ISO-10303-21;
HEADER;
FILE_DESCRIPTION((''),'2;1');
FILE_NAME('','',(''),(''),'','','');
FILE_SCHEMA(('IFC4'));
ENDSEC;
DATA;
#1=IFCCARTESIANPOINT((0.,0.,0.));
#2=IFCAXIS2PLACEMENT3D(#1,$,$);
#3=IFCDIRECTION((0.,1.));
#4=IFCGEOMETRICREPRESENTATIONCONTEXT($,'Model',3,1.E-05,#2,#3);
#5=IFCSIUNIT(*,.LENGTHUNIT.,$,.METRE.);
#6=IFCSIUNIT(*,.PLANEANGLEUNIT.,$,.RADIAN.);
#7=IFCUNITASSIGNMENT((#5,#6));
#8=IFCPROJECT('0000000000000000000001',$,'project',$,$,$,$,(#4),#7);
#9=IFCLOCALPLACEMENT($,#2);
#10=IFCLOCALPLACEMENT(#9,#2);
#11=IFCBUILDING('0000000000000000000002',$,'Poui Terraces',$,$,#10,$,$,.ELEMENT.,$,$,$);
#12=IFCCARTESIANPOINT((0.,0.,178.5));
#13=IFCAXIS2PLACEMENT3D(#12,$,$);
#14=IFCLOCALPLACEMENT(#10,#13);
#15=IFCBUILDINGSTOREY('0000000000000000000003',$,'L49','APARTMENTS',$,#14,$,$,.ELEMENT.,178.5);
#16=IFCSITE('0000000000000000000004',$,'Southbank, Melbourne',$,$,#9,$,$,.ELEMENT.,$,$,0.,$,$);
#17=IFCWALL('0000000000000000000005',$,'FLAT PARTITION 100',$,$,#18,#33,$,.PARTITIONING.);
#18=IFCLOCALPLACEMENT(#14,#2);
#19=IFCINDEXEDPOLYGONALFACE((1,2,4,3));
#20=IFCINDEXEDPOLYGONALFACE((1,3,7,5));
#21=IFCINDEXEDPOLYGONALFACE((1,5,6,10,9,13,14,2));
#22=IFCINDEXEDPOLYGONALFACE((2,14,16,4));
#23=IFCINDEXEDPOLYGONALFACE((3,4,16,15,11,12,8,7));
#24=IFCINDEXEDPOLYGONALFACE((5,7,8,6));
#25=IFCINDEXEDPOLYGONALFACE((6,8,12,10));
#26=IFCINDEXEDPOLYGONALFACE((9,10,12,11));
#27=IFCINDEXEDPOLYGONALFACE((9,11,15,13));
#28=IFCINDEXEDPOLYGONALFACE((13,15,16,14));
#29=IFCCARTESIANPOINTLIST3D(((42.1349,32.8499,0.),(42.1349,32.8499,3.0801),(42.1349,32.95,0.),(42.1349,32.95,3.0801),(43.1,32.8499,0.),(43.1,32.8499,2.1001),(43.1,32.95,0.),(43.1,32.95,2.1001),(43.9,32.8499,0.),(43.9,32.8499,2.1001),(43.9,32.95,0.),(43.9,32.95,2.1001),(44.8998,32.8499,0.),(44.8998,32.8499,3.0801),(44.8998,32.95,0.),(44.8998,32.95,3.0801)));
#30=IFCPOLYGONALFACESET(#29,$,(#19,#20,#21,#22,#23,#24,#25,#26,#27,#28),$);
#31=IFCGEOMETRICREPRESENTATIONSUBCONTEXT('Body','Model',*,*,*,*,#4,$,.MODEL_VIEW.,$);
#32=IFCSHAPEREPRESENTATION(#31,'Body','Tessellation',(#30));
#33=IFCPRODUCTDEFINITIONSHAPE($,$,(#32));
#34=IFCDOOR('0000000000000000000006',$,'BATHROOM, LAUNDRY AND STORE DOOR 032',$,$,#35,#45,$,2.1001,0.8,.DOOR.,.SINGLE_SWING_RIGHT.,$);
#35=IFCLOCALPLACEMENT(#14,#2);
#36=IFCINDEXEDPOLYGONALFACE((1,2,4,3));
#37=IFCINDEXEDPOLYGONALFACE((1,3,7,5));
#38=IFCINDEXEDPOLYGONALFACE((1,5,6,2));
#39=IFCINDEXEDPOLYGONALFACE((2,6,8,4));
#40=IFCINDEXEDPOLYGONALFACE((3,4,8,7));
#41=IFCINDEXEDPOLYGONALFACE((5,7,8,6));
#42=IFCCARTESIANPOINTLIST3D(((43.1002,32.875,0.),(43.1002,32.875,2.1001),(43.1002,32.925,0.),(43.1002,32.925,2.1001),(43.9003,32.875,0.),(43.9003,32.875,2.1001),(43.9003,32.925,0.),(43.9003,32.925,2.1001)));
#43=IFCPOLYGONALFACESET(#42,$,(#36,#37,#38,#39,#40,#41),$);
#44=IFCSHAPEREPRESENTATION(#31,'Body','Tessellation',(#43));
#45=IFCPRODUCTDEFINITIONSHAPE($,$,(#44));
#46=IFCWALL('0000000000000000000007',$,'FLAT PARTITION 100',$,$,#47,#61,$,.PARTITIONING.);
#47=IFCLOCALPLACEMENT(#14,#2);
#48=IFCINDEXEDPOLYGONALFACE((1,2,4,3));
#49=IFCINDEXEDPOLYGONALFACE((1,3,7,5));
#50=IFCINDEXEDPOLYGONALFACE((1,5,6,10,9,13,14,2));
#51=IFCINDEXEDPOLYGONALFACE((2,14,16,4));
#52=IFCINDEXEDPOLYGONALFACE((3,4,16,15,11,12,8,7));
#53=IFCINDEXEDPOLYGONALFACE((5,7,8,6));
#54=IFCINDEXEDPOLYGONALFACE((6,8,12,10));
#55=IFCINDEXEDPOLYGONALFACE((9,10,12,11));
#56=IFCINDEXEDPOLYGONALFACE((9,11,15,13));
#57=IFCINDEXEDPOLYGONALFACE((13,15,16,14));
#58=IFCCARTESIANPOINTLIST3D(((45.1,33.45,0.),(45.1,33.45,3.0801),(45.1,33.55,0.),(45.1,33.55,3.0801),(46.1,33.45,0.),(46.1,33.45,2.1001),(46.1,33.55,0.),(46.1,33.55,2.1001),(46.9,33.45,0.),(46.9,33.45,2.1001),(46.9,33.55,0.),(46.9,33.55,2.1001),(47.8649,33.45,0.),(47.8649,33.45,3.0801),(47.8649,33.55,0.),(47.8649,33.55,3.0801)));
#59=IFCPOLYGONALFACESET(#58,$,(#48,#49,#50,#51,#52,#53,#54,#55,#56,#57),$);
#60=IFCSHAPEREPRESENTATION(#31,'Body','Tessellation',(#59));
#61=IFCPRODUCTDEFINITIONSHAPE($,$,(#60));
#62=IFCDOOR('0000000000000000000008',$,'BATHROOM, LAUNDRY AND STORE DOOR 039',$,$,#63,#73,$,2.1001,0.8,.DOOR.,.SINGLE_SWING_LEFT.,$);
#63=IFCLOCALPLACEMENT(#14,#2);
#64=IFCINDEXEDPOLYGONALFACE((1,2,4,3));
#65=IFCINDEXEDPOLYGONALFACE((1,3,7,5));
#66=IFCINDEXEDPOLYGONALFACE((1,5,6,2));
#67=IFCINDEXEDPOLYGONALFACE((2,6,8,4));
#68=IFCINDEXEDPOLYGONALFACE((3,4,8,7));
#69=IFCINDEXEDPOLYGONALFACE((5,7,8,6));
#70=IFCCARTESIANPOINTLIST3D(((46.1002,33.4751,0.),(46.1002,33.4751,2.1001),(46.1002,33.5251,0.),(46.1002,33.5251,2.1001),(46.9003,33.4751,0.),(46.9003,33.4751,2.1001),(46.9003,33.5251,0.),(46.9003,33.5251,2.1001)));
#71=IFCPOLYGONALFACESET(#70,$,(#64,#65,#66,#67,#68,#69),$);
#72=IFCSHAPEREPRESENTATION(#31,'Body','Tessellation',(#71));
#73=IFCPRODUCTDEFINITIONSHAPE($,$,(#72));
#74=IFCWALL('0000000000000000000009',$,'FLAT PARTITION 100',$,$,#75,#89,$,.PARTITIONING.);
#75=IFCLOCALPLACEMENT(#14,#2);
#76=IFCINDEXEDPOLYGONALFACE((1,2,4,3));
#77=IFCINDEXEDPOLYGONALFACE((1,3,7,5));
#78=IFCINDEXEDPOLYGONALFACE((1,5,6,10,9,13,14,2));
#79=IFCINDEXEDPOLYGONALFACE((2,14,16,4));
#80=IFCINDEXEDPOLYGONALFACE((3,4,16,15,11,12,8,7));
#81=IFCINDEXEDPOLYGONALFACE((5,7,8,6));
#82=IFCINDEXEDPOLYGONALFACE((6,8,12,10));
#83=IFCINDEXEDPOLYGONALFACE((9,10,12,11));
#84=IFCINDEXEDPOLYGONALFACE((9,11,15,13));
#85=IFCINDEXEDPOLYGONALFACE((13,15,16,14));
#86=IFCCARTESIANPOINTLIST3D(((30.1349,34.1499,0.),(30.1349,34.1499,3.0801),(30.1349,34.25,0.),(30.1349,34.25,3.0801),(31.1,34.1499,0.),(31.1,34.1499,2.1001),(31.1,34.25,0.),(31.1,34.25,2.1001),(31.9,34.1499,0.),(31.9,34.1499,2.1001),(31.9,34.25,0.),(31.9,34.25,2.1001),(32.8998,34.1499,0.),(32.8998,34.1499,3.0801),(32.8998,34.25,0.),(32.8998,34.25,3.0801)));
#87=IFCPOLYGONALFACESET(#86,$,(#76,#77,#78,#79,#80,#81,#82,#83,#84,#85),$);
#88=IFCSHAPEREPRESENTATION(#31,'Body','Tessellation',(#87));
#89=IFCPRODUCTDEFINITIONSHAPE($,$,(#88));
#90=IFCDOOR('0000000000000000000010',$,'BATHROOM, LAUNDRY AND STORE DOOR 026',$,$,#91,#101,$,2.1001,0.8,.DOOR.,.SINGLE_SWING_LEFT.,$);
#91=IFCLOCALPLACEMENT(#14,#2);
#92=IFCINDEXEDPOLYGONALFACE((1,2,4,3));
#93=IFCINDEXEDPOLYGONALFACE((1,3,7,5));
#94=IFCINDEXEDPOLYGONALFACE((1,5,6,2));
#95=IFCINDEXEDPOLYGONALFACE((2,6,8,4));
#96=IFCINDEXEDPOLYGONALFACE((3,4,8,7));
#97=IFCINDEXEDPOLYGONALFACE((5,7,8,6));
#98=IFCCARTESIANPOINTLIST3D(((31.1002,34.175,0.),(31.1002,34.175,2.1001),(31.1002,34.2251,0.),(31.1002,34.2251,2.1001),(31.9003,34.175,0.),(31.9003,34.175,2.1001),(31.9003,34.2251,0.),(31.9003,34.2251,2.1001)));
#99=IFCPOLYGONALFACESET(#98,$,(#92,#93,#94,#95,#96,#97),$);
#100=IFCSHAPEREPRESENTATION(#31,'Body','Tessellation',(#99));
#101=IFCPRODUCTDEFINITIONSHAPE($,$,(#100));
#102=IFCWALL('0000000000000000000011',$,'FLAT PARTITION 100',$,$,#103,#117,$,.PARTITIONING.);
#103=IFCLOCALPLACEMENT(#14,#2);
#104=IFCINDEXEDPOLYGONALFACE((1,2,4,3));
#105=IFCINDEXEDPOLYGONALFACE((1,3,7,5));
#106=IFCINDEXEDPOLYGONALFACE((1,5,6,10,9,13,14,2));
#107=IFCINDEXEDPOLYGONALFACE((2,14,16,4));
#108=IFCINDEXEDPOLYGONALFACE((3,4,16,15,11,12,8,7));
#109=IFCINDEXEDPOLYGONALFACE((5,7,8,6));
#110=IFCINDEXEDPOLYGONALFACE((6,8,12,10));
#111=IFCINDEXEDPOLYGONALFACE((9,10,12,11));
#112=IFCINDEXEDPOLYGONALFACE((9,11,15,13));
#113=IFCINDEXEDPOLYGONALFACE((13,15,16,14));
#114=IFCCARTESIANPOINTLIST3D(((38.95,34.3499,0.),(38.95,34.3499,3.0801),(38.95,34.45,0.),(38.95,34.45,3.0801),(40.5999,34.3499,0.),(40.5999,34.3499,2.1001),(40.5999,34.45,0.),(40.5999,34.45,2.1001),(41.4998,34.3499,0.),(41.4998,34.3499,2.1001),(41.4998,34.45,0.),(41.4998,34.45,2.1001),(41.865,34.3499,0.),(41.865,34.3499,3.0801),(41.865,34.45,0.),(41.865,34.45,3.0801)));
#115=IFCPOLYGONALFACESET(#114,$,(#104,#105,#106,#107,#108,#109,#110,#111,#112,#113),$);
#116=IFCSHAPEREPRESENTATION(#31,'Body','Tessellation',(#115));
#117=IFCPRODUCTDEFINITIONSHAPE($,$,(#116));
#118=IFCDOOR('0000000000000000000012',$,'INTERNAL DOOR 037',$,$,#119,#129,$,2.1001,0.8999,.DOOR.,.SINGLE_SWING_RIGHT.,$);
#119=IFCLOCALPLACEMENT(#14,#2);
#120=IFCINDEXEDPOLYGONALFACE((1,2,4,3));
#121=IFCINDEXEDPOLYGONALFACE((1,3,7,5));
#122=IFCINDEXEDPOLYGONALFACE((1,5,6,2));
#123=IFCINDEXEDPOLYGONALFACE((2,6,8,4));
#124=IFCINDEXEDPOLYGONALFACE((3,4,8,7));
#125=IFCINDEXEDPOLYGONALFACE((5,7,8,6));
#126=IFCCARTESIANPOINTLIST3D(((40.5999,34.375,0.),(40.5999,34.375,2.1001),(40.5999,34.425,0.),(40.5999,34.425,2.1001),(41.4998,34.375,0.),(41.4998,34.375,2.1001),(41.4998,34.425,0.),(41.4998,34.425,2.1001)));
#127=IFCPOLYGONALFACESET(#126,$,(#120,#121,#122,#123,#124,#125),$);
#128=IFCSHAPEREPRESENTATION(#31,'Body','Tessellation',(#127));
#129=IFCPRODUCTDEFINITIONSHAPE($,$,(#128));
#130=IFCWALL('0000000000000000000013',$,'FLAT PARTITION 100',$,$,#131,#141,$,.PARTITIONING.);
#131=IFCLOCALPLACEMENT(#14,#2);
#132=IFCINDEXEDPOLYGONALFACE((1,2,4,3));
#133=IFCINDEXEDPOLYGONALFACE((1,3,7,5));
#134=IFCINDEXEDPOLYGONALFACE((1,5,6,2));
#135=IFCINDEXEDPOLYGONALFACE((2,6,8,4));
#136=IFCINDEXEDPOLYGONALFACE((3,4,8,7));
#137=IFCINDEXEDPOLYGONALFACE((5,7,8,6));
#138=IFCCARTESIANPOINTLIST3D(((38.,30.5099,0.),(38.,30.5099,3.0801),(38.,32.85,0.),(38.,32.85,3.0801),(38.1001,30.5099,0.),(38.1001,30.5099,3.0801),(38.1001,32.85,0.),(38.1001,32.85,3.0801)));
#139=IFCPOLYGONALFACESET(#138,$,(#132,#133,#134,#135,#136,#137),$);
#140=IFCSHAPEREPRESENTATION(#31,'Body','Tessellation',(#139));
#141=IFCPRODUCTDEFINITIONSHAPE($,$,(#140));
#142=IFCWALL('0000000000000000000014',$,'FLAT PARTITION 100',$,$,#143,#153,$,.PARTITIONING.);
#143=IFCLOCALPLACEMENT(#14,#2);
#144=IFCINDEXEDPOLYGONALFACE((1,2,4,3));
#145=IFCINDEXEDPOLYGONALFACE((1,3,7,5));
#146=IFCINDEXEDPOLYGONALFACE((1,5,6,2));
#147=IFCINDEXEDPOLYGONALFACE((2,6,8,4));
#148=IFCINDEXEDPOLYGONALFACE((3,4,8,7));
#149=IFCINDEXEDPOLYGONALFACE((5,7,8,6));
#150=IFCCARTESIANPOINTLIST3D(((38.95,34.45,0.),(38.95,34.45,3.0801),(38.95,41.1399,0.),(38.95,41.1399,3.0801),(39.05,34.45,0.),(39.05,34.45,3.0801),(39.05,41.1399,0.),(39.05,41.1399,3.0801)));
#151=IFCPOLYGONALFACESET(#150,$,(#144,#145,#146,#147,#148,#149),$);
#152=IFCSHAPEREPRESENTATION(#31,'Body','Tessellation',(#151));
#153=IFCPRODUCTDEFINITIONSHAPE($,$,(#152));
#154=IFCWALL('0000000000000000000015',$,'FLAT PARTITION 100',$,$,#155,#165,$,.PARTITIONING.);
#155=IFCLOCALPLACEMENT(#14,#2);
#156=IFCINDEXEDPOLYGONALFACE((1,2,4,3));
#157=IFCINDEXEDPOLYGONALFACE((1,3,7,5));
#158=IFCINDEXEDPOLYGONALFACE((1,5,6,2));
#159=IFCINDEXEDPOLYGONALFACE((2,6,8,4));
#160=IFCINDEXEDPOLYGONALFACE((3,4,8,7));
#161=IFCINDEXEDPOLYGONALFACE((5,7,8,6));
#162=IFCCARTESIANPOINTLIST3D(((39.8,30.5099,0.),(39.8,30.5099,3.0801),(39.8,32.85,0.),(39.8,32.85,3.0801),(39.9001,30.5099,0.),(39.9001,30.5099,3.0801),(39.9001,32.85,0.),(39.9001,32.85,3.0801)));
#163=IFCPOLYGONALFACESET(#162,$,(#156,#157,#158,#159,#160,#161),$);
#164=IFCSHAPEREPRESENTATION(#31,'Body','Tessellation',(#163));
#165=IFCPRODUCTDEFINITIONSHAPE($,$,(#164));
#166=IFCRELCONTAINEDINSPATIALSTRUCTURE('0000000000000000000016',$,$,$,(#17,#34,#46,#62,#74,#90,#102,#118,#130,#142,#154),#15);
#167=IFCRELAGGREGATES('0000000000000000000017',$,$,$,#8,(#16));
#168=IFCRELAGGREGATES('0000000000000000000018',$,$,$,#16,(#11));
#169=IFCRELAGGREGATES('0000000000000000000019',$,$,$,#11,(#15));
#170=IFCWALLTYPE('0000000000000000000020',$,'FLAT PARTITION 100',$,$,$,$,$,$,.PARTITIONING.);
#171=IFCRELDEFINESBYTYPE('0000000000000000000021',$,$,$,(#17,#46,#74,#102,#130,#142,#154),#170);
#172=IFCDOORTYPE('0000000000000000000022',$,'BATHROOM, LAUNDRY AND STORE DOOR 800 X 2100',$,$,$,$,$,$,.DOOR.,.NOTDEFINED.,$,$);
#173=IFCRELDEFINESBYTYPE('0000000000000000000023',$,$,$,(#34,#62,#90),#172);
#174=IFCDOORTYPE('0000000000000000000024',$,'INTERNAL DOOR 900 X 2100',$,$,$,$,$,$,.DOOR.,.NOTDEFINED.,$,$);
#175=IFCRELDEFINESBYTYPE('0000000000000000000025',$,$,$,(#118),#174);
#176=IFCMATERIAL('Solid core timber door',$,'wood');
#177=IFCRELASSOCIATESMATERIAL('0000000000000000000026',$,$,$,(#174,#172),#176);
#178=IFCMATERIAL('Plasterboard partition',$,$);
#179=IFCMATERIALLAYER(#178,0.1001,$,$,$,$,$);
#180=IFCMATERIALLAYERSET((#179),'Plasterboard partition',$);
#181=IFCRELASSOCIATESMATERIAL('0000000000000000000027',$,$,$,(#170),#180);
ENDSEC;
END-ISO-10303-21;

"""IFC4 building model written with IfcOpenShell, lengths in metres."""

from ifc_helpers import new_model, si_unit, direction, frame, frame_2d, origin, place, context, subcontext, project, spatial, rectangle, extrude, material, layer, layer_set, type_object, element, fill, save


model = new_model("IFC4")

# Units and contexts
model_context = context("Model", 3, precision=1e-05, world=origin(), true_north=direction((0.0, 1.0)))
body_context = subcontext(model_context, "Body", "Model", "MODEL_VIEW")
ifc_project = project(units=[si_unit("LENGTHUNIT", "METRE"), si_unit("PLANEANGLEUNIT", "RADIAN")], contexts=[model_context])

# Site, building, storey
site_placement = place(None, origin())
site = spatial("IfcSite", under=ifc_project, at=site_placement, Name="Southbank, Melbourne", CompositionType="ELEMENT", RefElevation=0.0)
building_placement = place(site_placement, origin())
building = spatial("IfcBuilding", under=site, at=building_placement, Name="Poui Terraces", CompositionType="ELEMENT")
storey_placement = place(building_placement, frame((0.0, 0.0, 178.5)))
storey = spatial("IfcBuildingStorey", under=building, at=storey_placement, Name="L49", Description="APARTMENTS", CompositionType="ELEMENT", Elevation=178.5)

# Walls, openings, doors
ifc_material_1 = material(Name="Solid core timber door", Category="wood")
door_type_1 = type_object("IfcDoorType", Name="INTERNAL DOOR 900 X 2100", OperationType="NOTDEFINED", PredefinedType="DOOR", material=ifc_material_1)
ifc_material_2 = material(Name="Plasterboard partition")
ifc_layer_1 = layer(ifc_material_2, 0.1001)
ifc_layer_set_1 = layer_set([ifc_layer_1], Name="Plasterboard partition")
wall_type_1 = type_object("IfcWallType", Name="FLAT PARTITION 100", PredefinedType="PARTITIONING", material=ifc_layer_set_1)
door_type_2 = type_object("IfcDoorType", Name="BATHROOM, LAUNDRY AND STORE DOOR 800 X 2100", OperationType="NOTDEFINED", PredefinedType="DOOR", material=ifc_material_1)
wall_1_placement = place(storey_placement, frame((42.135, 32.8999, 0.0), z_axis=(0.0, 0.0, 1.0), x_axis=(1.0, 0.0, 0.0)))
wall_1 = element("IfcWall", 1, at=wall_1_placement, inside=storey, type_object=wall_type_1, Name="FLAT PARTITION 100", PredefinedType="PARTITIONING", context=body_context, shape_type="SweptSolid", body=[
    extrude(rectangle(XDim=2.7649, YDim=0.1001, at=frame_2d((1.3823, 0.0))), origin(), (0.0, 0.0, 1.0), 3.0801),
])
opening_1_placement = place(wall_1_placement, frame((0.9651, 0.0, 0.0)))
opening_1 = element("IfcOpeningElement", 2, at=opening_1_placement, cuts=wall_1, PredefinedType="OPENING", context=body_context, shape_type="SweptSolid", body=[
    extrude(rectangle(XDim=0.8, YDim=2.1001, at=frame_2d((0.3999, 1.05))), frame((0.0, 0.0601, 0.0), z_axis=(0.0, -1.0, 0.0), x_axis=(1.0, 0.0, 0.0)), (0.0, 0.0, 1.0), 0.1201),
])
door_1_placement = place(opening_1_placement, frame((0.8, 0.0, 0.0), z_axis=(0.0, 0.0, 1.0), x_axis=(-1.0, 0.0, 0.0)))
door_1 = element("IfcDoor", 3, at=door_1_placement, inside=storey, type_object=door_type_2, Name="BATHROOM, LAUNDRY AND STORE DOOR 032", OperationType="SINGLE_SWING_RIGHT", OverallHeight=2.1001, OverallWidth=0.8, PredefinedType="DOOR", context=body_context, shape_type="SweptSolid", body=[
    extrude(rectangle(XDim=0.8, YDim=2.1001, at=frame_2d((0.3999, 1.05))), frame((0.0, 0.0249, 0.0), z_axis=(0.0, -1.0, 0.0), x_axis=(1.0, 0.0, 0.0)), (0.0, 0.0, 1.0), 0.05),
])
fill(opening_1, door_1)
wall_2_placement = place(storey_placement, frame((45.1001, 33.5, 0.0), z_axis=(0.0, 0.0, 1.0), x_axis=(1.0, 0.0, 0.0)))
wall_2 = element("IfcWall", 4, at=wall_2_placement, inside=storey, type_object=wall_type_1, Name="FLAT PARTITION 100", PredefinedType="PARTITIONING", context=body_context, shape_type="SweptSolid", body=[
    extrude(rectangle(XDim=2.7649, YDim=0.1001, at=frame_2d((1.3823, 0.0))), origin(), (0.0, 0.0, 1.0), 3.0801),
])
opening_2_placement = place(wall_2_placement, frame((1.0, 0.0, 0.0)))
opening_2 = element("IfcOpeningElement", 5, at=opening_2_placement, cuts=wall_2, PredefinedType="OPENING", context=body_context, shape_type="SweptSolid", body=[
    extrude(rectangle(XDim=0.8, YDim=2.1001, at=frame_2d((0.3999, 1.05))), frame((0.0, 0.0601, 0.0), z_axis=(0.0, -1.0, 0.0), x_axis=(1.0, 0.0, 0.0)), (0.0, 0.0, 1.0), 0.1201),
])
door_2_placement = place(opening_2_placement, frame((0.8, 0.0, 0.0), z_axis=(0.0, 0.0, 1.0), x_axis=(-1.0, 0.0, 0.0)))
door_2 = element("IfcDoor", 6, at=door_2_placement, inside=storey, type_object=door_type_2, Name="BATHROOM, LAUNDRY AND STORE DOOR 039", OperationType="SINGLE_SWING_LEFT", OverallHeight=2.1001, OverallWidth=0.8, PredefinedType="DOOR", context=body_context, shape_type="SweptSolid", body=[
    extrude(rectangle(XDim=0.8, YDim=2.1001, at=frame_2d((0.3999, 1.05))), frame((0.0, 0.0249, 0.0), z_axis=(0.0, -1.0, 0.0), x_axis=(1.0, 0.0, 0.0)), (0.0, 0.0, 1.0), 0.05),
])
fill(opening_2, door_2)
wall_3_placement = place(storey_placement, frame((30.135, 34.2, 0.0), z_axis=(0.0, 0.0, 1.0), x_axis=(1.0, 0.0, 0.0)))
wall_3 = element("IfcWall", 7, at=wall_3_placement, inside=storey, type_object=wall_type_1, Name="FLAT PARTITION 100", PredefinedType="PARTITIONING", context=body_context, shape_type="SweptSolid", body=[
    extrude(rectangle(XDim=2.7649, YDim=0.1001, at=frame_2d((1.3823, 0.0))), origin(), (0.0, 0.0, 1.0), 3.0801),
])
opening_3_placement = place(wall_3_placement, frame((0.9651, 0.0, 0.0)))
opening_3 = element("IfcOpeningElement", 8, at=opening_3_placement, cuts=wall_3, PredefinedType="OPENING", context=body_context, shape_type="SweptSolid", body=[
    extrude(rectangle(XDim=0.8, YDim=2.1001, at=frame_2d((0.3999, 1.05))), frame((0.0, 0.0601, 0.0), z_axis=(0.0, -1.0, 0.0), x_axis=(1.0, 0.0, 0.0)), (0.0, 0.0, 1.0), 0.1201),
])
door_3_placement = place(opening_3_placement, frame((0.8, 0.0, 0.0), z_axis=(0.0, 0.0, 1.0), x_axis=(-1.0, 0.0, 0.0)))
door_3 = element("IfcDoor", 9, at=door_3_placement, inside=storey, type_object=door_type_2, Name="BATHROOM, LAUNDRY AND STORE DOOR 026", OperationType="SINGLE_SWING_LEFT", OverallHeight=2.1001, OverallWidth=0.8, PredefinedType="DOOR", context=body_context, shape_type="SweptSolid", body=[
    extrude(rectangle(XDim=0.8, YDim=2.1001, at=frame_2d((0.3999, 1.05))), frame((0.0, 0.0249, 0.0), z_axis=(0.0, -1.0, 0.0), x_axis=(1.0, 0.0, 0.0)), (0.0, 0.0, 1.0), 0.05),
])
fill(opening_3, door_3)
wall_4_placement = place(storey_placement, frame((38.95, 34.3999, 0.0), z_axis=(0.0, 0.0, 1.0), x_axis=(1.0, 0.0, 0.0)))
wall_4 = element("IfcWall", 10, at=wall_4_placement, inside=storey, type_object=wall_type_1, Name="FLAT PARTITION 100", PredefinedType="PARTITIONING", context=body_context, shape_type="SweptSolid", body=[
    extrude(rectangle(XDim=2.915, YDim=0.1001, at=frame_2d((1.4575, 0.0))), origin(), (0.0, 0.0, 1.0), 3.0801),
])
opening_4_placement = place(wall_4_placement, frame((1.6499, 0.0, 0.0)))
opening_4 = element("IfcOpeningElement", 11, at=opening_4_placement, cuts=wall_4, PredefinedType="OPENING", context=body_context, shape_type="SweptSolid", body=[
    extrude(rectangle(XDim=0.8999, YDim=2.1001, at=frame_2d((0.45, 1.05))), frame((0.0, 0.0601, 0.0), z_axis=(0.0, -1.0, 0.0), x_axis=(1.0, 0.0, 0.0)), (0.0, 0.0, 1.0), 0.1201),
])
door_4_placement = place(opening_4_placement, frame((0.8999, 0.0, 0.0), z_axis=(0.0, 0.0, 1.0), x_axis=(-1.0, 0.0, 0.0)))
door_4 = element("IfcDoor", 12, at=door_4_placement, inside=storey, type_object=door_type_1, Name="INTERNAL DOOR 037", OperationType="SINGLE_SWING_RIGHT", OverallHeight=2.1001, OverallWidth=0.8999, PredefinedType="DOOR", context=body_context, shape_type="SweptSolid", body=[
    extrude(rectangle(XDim=0.8999, YDim=2.1001, at=frame_2d((0.45, 1.05))), frame((0.0, 0.0249, 0.0), z_axis=(0.0, -1.0, 0.0), x_axis=(1.0, 0.0, 0.0)), (0.0, 0.0, 1.0), 0.05),
])
fill(opening_4, door_4)

# Walls
wall_5_placement = place(storey_placement, frame((38.05, 30.51, 0.0), z_axis=(0.0, 0.0, 1.0), x_axis=(0.0, 1.0, 0.0)))
element("IfcWall", 13, at=wall_5_placement, inside=storey, type_object=wall_type_1, Name="FLAT PARTITION 100", PredefinedType="PARTITIONING", context=body_context, shape_type="SweptSolid", body=[
    extrude(rectangle(XDim=2.3401, YDim=0.1001, at=frame_2d((1.1699, 0.0))), origin(), (0.0, 0.0, 1.0), 3.0801),
])
wall_6_placement = place(storey_placement, frame((39.0, 34.45, 0.0), z_axis=(0.0, 0.0, 1.0), x_axis=(0.0, 1.0, 0.0)))
element("IfcWall", 14, at=wall_6_placement, inside=storey, type_object=wall_type_1, Name="FLAT PARTITION 100", PredefinedType="PARTITIONING", context=body_context, shape_type="SweptSolid", body=[
    extrude(rectangle(XDim=6.6899, YDim=0.1001, at=frame_2d((3.345, 0.0))), origin(), (0.0, 0.0, 1.0), 3.0801),
])
wall_7_placement = place(storey_placement, frame((39.8501, 30.51, 0.0), z_axis=(0.0, 0.0, 1.0), x_axis=(0.0, 1.0, 0.0)))
element("IfcWall", 15, at=wall_7_placement, inside=storey, type_object=wall_type_1, Name="FLAT PARTITION 100", PredefinedType="PARTITIONING", context=body_context, shape_type="SweptSolid", body=[
    extrude(rectangle(XDim=2.3401, YDim=0.1001, at=frame_2d((1.1699, 0.0))), origin(), (0.0, 0.0, 1.0), 3.0801),
])

save(model, "model.ifc")
